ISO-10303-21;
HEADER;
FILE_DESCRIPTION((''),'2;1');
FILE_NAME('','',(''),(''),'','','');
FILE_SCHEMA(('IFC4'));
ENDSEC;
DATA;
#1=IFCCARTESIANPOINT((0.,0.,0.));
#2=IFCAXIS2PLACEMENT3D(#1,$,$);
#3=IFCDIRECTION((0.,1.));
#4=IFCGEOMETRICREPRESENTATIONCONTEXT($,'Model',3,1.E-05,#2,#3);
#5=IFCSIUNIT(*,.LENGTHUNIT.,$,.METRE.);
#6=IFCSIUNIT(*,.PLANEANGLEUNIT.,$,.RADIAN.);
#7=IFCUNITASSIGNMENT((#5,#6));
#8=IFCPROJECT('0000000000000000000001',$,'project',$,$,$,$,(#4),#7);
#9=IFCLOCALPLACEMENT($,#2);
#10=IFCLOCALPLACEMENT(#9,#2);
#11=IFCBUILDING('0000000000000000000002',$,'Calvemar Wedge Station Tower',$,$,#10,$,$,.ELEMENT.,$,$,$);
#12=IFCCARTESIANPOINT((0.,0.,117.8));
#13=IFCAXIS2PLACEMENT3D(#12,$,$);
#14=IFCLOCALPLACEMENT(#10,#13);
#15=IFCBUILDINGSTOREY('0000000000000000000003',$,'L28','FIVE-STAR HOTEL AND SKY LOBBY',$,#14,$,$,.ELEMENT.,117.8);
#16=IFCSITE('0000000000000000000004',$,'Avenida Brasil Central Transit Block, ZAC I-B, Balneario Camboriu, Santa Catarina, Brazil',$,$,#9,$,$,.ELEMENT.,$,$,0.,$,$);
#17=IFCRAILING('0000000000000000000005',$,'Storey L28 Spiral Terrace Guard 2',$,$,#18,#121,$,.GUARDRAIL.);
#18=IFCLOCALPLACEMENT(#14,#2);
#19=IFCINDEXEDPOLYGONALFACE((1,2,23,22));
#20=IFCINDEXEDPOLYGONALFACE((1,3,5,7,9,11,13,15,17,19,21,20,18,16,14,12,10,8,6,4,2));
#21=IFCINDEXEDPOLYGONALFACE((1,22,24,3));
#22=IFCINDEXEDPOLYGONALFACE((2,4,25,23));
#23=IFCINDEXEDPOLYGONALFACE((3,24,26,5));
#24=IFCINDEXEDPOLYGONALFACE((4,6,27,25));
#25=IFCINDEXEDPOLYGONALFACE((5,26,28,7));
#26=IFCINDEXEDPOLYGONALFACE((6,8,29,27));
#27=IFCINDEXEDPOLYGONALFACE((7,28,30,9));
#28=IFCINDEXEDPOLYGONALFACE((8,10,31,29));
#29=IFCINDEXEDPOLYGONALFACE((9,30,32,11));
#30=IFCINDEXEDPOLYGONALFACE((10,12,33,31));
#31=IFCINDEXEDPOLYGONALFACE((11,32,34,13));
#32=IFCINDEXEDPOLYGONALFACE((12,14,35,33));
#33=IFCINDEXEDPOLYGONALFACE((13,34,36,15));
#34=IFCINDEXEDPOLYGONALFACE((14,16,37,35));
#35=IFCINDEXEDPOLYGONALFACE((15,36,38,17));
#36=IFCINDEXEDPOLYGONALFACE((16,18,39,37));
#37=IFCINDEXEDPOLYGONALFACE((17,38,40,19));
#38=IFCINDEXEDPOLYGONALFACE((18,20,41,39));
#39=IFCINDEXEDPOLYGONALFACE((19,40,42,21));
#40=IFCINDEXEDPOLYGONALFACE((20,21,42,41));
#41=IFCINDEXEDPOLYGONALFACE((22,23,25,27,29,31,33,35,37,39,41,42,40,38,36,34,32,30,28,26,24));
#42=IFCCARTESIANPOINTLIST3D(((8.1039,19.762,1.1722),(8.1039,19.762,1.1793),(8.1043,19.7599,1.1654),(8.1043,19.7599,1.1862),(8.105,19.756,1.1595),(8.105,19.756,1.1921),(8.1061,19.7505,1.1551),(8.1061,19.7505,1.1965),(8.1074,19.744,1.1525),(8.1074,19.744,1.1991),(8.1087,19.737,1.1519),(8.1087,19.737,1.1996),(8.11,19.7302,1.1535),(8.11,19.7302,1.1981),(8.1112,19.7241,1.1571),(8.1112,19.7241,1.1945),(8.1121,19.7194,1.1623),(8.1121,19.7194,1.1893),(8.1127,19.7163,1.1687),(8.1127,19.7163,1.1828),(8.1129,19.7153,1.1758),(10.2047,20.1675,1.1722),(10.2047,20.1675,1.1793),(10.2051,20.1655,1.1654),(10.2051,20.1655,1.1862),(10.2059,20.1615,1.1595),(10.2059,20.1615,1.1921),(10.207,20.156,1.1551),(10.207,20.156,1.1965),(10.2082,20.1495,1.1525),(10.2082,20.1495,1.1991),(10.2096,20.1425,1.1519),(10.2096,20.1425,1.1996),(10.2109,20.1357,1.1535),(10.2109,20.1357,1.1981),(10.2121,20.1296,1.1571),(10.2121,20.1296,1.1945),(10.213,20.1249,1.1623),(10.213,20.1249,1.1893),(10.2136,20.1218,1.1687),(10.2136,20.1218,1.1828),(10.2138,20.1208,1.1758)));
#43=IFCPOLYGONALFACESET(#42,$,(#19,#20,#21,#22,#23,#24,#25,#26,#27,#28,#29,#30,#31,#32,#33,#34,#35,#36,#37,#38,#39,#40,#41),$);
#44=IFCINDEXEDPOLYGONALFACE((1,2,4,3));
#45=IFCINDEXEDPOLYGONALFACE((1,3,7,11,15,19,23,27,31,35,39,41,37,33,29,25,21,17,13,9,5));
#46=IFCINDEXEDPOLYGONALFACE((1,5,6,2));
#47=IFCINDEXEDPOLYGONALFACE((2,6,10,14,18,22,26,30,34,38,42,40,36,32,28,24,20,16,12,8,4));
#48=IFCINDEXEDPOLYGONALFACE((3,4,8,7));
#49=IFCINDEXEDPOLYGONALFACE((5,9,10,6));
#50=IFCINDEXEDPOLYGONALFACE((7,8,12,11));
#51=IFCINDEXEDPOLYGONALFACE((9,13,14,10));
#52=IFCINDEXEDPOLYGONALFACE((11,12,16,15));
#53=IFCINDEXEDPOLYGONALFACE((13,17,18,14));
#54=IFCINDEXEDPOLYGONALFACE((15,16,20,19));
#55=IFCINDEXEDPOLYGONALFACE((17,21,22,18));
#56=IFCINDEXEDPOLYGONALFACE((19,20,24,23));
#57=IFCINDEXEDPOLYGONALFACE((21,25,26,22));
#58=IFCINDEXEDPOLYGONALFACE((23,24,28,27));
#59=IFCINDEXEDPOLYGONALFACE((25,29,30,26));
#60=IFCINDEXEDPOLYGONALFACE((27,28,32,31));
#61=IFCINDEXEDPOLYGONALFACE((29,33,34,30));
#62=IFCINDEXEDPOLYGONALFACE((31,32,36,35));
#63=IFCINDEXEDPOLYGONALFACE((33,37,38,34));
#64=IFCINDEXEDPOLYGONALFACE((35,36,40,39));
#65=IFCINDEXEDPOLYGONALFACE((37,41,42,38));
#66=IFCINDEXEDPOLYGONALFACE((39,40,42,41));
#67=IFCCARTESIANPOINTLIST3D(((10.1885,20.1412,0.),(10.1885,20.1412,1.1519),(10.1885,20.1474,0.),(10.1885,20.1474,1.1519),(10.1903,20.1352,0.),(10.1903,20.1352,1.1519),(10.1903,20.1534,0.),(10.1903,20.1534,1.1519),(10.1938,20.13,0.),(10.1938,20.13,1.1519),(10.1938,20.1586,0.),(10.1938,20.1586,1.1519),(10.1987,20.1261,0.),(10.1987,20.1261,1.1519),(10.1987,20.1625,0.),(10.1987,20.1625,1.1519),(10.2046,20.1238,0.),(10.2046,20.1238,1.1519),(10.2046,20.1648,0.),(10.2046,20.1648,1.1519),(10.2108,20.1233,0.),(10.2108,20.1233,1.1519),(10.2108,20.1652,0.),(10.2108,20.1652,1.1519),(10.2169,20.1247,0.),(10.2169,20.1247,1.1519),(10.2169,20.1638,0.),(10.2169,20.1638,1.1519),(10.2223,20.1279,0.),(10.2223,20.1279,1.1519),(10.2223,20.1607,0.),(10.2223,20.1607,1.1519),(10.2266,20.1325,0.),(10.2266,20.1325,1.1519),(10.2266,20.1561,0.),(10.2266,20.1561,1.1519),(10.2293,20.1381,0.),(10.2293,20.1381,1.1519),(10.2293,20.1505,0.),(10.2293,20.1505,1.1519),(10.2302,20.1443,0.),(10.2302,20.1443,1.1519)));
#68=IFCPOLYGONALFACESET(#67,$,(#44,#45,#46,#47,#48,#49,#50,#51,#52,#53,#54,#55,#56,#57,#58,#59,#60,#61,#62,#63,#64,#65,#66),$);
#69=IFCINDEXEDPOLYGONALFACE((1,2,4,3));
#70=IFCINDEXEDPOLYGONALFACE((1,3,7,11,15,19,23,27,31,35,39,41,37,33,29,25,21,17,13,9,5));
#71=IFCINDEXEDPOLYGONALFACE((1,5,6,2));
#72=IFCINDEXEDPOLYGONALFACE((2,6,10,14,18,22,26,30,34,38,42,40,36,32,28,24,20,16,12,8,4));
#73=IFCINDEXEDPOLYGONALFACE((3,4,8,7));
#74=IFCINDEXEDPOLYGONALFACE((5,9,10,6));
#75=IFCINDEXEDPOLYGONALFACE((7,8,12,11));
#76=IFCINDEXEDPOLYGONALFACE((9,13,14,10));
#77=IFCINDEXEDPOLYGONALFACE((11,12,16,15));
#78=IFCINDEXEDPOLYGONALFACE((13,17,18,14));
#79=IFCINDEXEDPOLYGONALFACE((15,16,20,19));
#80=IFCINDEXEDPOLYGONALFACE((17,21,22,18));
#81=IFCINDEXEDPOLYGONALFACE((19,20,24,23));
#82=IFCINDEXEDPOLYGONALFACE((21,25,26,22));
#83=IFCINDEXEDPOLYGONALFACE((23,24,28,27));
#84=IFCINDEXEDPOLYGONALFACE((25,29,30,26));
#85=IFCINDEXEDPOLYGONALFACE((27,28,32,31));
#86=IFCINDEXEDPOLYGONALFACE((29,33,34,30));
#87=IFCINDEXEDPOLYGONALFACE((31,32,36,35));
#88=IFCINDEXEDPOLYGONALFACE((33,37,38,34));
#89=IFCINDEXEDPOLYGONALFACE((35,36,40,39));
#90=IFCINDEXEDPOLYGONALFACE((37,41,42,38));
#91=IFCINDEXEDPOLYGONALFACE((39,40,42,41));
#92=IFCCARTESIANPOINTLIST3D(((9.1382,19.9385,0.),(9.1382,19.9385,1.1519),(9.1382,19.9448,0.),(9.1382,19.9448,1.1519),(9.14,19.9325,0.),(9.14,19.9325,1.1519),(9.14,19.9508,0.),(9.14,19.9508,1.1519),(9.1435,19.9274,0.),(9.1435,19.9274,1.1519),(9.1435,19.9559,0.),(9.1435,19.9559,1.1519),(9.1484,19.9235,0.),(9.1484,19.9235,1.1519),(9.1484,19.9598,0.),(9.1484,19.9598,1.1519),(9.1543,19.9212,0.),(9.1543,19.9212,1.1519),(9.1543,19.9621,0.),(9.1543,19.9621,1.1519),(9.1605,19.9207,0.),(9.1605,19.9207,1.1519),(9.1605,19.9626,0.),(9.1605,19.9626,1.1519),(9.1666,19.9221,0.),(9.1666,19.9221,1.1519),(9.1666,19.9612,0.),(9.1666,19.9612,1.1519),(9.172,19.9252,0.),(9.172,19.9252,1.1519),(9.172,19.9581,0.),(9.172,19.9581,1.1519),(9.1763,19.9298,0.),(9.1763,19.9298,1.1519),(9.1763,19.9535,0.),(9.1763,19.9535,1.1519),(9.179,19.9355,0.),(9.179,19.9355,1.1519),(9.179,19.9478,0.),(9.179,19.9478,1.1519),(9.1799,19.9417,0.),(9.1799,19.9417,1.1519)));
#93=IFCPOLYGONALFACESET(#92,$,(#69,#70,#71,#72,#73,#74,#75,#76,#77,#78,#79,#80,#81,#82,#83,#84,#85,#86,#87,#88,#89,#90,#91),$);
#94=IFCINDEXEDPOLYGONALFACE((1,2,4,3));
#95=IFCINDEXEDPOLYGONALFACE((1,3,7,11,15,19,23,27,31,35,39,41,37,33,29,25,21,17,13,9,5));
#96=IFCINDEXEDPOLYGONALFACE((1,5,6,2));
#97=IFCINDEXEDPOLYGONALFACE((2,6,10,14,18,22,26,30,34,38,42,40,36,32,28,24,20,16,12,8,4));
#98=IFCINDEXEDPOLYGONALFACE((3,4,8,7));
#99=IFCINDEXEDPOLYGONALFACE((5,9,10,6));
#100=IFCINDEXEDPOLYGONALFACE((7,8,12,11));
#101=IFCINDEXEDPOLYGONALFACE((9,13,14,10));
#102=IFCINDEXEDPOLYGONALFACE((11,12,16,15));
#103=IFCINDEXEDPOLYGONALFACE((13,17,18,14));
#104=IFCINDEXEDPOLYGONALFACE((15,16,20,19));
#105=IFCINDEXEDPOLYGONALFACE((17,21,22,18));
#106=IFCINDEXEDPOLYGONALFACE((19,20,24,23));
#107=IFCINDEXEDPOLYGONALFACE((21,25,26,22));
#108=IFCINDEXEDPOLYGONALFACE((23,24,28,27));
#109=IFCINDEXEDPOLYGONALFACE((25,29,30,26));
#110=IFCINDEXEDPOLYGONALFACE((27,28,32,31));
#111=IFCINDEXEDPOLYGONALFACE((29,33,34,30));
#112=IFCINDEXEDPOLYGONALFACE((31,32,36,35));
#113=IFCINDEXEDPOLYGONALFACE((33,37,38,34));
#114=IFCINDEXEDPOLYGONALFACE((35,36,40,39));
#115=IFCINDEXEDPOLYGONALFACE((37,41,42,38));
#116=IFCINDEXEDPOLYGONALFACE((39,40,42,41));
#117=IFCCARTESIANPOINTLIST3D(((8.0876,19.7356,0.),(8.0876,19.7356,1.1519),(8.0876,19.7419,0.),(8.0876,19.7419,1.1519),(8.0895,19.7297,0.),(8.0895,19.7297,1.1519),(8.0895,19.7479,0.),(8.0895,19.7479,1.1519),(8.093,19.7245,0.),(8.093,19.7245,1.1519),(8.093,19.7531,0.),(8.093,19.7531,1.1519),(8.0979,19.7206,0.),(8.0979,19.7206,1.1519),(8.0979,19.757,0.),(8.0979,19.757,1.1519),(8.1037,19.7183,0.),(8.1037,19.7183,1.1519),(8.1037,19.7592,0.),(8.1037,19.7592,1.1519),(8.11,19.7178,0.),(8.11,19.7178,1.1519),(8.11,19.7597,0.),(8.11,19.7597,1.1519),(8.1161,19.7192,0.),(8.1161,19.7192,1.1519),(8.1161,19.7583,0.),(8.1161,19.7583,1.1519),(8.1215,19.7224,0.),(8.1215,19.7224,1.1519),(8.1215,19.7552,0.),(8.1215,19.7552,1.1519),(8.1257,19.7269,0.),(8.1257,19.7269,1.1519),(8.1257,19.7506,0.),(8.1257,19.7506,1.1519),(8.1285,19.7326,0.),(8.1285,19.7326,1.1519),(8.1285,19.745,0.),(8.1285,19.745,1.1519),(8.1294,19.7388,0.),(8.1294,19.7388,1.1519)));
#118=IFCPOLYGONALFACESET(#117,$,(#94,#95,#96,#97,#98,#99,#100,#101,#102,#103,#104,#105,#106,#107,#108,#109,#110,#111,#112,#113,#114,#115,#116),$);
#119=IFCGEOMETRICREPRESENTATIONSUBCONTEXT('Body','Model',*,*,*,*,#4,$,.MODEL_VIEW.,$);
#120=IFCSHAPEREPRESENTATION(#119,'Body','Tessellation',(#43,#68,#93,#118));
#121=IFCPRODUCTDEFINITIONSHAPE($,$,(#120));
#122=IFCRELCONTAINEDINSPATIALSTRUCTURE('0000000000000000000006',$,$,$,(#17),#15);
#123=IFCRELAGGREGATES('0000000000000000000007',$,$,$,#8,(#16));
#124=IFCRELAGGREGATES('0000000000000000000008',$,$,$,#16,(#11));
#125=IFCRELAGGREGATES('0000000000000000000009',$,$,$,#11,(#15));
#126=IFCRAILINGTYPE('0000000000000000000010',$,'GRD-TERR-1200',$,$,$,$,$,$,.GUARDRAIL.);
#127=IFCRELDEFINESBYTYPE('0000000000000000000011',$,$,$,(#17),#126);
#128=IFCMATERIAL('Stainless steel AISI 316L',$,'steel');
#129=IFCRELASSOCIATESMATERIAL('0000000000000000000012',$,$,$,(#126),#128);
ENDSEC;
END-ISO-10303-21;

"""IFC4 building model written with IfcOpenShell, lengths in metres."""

from ifc_helpers import new_model, si_unit, direction, frame, origin, origin_2d, place, context, subcontext, project, spatial, circle, extrude, material, type_object, element, save


model = new_model("IFC4")

# Units and contexts
model_context = context("Model", 3, precision=1e-05, world=origin(), true_north=direction((0.0, 1.0)))
body_context = subcontext(model_context, "Body", "Model", "MODEL_VIEW")
ifc_project = project(units=[si_unit("LENGTHUNIT", "METRE"), si_unit("PLANEANGLEUNIT", "RADIAN")], contexts=[model_context])

# Site, building, storey
site_placement = place(None, origin())
site = spatial("IfcSite", under=ifc_project, at=site_placement, Name="Avenida Brasil Central Transit Block, ZAC I-B, Balneario Camboriu, Santa Catarina, Brazil", CompositionType="ELEMENT", RefElevation=0.0)
building_placement = place(site_placement, origin())
building = spatial("IfcBuilding", under=site, at=building_placement, Name="Calvemar Wedge Station Tower", CompositionType="ELEMENT")
storey_placement = place(building_placement, frame((0.0, 0.0, 117.8)))
storey = spatial("IfcBuildingStorey", under=building, at=storey_placement, Name="L28", Description="FIVE-STAR HOTEL AND SKY LOBBY", CompositionType="ELEMENT", Elevation=117.8)

# Railing
ifc_material_1 = material(Name="Stainless steel AISI 316L", Category="steel")
railing_type = type_object("IfcRailingType", Name="GRD-TERR-1200", PredefinedType="GUARDRAIL", material=ifc_material_1)
railing_1_placement = place(storey_placement, frame((10.2092, 20.1443, 0.0)))
element("IfcRailing", 1, at=railing_1_placement, inside=storey, type_object=railing_type, Name="Storey L28 Spiral Terrace Guard 2", PredefinedType="GUARDRAIL", context=body_context, shape_type="SweptSolid", body=[
    extrude(circle(Radius=0.0239, at=origin_2d()), frame((0.0, 0.0, 1.1758), z_axis=(-0.981875, -0.189529, 0.0), x_axis=(0.189529, -0.981875, 0.0)), (0.0, 0.0, 1.0), 2.1396),
    extrude(circle(Radius=0.021, at=origin_2d()), origin(), (0.0, 0.0, 1.0), 1.1519),
    extrude(circle(Radius=0.021, at=origin_2d()), frame((-1.0503, -0.2026, 0.0)), (0.0, 0.0, 1.0), 1.1519),
    extrude(circle(Radius=0.021, at=origin_2d()), frame((-2.1008, -0.4055, 0.0)), (0.0, 0.0, 1.0), 1.1519),
])

save(model, "model.ifc")
